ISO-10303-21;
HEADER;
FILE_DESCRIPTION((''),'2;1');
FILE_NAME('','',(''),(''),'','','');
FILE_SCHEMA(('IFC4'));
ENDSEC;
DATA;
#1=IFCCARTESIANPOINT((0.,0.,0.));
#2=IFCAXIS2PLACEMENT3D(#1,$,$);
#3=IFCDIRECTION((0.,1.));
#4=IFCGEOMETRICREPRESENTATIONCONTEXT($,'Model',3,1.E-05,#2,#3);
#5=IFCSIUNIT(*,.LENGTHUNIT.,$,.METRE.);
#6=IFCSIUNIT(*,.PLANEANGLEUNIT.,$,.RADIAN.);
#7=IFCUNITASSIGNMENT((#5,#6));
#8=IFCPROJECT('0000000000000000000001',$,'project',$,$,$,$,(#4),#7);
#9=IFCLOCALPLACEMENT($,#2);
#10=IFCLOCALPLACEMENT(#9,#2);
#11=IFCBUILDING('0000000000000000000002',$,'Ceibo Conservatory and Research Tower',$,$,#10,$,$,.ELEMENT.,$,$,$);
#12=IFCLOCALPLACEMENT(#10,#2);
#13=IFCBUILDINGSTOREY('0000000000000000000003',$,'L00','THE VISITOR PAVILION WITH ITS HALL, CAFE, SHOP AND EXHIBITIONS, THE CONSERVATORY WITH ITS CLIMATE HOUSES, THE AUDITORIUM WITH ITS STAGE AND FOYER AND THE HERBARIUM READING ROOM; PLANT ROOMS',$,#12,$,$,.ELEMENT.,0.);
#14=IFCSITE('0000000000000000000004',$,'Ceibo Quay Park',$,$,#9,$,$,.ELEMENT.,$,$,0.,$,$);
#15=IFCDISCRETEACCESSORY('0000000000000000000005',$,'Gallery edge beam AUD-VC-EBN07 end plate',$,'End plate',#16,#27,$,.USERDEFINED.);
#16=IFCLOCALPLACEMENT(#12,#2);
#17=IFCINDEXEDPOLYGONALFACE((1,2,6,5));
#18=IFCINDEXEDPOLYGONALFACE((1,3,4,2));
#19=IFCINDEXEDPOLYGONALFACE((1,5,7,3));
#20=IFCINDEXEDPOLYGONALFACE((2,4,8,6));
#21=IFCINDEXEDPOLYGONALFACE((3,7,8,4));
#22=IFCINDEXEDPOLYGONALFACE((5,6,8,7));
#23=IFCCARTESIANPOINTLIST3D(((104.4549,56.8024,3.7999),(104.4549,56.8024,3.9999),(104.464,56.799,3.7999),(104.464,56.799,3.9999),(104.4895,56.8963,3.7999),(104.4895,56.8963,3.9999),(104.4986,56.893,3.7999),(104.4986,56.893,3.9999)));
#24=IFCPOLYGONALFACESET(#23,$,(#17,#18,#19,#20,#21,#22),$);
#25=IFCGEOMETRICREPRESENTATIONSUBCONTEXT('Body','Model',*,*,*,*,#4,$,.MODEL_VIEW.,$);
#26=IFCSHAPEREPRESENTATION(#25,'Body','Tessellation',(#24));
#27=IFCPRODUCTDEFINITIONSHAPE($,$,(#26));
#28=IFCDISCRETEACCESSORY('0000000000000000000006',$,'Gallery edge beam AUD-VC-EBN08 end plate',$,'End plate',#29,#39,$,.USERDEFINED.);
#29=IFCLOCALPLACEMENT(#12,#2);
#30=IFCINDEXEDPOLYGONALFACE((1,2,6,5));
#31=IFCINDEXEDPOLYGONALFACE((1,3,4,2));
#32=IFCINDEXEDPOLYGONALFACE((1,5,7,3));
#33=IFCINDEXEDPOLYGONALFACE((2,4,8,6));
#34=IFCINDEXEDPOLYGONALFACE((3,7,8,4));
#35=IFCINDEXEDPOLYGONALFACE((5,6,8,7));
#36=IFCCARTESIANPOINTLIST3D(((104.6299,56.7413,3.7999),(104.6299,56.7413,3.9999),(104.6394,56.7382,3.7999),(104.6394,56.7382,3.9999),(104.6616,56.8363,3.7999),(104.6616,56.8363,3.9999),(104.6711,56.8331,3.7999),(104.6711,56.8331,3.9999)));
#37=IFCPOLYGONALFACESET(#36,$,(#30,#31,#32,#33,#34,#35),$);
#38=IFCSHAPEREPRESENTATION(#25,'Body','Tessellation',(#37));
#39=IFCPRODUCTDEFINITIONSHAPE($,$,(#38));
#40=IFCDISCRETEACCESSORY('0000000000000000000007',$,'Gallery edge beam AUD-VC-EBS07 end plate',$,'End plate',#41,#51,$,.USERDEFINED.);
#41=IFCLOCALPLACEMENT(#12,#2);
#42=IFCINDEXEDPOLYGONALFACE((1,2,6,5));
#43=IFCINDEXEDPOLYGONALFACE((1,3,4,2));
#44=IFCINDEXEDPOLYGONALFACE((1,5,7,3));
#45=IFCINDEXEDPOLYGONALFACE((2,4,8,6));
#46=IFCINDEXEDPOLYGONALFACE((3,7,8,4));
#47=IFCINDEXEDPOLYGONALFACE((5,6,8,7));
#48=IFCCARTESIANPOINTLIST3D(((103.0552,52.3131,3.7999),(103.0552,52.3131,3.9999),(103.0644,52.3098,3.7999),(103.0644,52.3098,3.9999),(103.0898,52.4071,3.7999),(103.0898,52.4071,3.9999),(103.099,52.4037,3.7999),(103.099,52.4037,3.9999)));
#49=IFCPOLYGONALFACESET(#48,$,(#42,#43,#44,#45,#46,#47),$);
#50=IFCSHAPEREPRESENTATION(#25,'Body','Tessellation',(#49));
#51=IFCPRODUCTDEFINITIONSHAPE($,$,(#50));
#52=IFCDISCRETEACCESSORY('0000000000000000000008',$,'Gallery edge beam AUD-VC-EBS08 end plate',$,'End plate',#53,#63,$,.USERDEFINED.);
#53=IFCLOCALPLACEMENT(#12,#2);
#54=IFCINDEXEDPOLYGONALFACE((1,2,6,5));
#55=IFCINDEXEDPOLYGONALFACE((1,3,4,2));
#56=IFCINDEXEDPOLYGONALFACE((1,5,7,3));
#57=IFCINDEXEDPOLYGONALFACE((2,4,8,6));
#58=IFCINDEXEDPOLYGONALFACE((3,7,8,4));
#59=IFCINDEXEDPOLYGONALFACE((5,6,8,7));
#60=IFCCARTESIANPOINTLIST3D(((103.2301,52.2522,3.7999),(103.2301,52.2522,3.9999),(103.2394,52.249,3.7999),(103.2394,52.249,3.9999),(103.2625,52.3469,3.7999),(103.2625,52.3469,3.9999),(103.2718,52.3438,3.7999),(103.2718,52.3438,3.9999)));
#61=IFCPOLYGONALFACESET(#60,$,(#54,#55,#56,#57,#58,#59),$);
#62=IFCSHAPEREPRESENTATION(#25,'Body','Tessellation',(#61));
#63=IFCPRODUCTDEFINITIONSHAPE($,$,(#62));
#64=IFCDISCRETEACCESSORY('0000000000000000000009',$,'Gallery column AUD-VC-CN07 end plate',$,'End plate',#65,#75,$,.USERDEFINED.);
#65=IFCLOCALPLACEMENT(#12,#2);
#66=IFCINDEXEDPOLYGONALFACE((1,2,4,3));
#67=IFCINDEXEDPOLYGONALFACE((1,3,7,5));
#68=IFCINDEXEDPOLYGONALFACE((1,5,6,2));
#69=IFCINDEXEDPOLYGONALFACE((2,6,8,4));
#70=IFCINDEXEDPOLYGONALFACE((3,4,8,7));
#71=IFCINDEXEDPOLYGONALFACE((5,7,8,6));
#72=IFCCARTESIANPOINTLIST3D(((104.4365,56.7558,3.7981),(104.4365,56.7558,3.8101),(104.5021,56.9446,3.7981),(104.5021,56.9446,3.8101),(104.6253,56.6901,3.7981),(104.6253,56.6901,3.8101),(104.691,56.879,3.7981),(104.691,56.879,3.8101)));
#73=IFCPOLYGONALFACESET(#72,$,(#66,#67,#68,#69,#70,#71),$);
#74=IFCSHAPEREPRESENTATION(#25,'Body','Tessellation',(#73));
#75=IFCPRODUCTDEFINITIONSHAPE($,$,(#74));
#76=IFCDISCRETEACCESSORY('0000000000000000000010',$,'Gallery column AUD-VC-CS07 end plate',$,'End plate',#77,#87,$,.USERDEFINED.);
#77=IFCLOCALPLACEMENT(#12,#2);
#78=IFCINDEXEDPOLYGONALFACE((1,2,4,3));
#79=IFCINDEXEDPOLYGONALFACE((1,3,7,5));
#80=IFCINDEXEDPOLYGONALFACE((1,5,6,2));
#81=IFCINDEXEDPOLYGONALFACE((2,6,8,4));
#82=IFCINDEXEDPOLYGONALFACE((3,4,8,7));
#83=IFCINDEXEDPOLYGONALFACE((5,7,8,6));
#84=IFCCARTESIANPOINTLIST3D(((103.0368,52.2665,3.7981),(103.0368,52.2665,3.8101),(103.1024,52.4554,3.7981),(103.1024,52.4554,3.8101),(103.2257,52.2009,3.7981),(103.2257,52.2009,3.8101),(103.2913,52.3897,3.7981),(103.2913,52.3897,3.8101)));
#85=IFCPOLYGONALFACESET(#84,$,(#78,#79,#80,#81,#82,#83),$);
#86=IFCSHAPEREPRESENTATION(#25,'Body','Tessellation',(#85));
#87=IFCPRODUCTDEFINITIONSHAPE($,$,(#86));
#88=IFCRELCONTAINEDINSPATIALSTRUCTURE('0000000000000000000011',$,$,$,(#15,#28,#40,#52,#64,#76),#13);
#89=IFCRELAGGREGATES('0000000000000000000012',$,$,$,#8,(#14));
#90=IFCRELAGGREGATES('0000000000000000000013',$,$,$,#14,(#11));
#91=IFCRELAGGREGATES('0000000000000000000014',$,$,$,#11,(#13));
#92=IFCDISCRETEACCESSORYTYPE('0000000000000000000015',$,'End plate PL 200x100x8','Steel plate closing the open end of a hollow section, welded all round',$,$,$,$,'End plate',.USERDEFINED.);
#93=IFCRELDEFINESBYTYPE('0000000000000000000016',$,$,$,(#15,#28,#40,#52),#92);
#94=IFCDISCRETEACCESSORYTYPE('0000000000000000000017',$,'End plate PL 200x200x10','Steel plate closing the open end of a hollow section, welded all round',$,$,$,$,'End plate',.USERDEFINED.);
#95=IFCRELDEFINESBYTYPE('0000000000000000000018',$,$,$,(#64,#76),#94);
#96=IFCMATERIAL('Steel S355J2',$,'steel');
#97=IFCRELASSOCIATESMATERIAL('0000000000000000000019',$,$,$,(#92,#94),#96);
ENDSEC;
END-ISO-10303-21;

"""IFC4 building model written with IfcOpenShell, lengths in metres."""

from ifc_helpers import new_model, si_unit, direction, frame, origin, origin_2d, place, context, subcontext, project, spatial, rectangle, extrude, material, material_profile, profile_set, type_object, element, save


model = new_model("IFC4")

# Units and contexts
model_context = context("Model", 3, precision=1e-05, world=origin(), true_north=direction((0.0, 1.0)))
body_context = subcontext(model_context, "Body", "Model", "MODEL_VIEW")
ifc_project = project(units=[si_unit("LENGTHUNIT", "METRE"), si_unit("PLANEANGLEUNIT", "RADIAN")], contexts=[model_context])

# Site, building, storey
site_placement = place(None, origin())
site = spatial("IfcSite", under=ifc_project, at=site_placement, Name="Ceibo Quay Park", CompositionType="ELEMENT", RefElevation=0.0)
building_placement = place(site_placement, origin())
building = spatial("IfcBuilding", under=site, at=building_placement, Name="Ceibo Conservatory and Research Tower", CompositionType="ELEMENT")
storey_placement = place(building_placement, origin())
storey = spatial("IfcBuildingStorey", under=building, at=storey_placement, Name="L00", Description="THE VISITOR PAVILION WITH ITS HALL, CAFE, SHOP AND EXHIBITIONS, THE CONSERVATORY WITH ITS CLIMATE HOUSES, THE AUDITORIUM WITH ITS STAGE AND FOYER AND THE HERBARIUM READING ROOM; PLANT ROOMS", CompositionType="ELEMENT", Elevation=0.0)

# Shared definitions
ifc_material_1 = material(Name="Steel S355J2", Category="steel")

# Discrete accessories
ifc_material_profile_1 = material_profile(ifc_material_1, rectangle(XDim=0.1001, YDim=0.2, at=origin_2d()), Name="End plate PL 200x100x8")
ifc_profile_set_1 = profile_set([ifc_material_profile_1], Name="Steel S355J2")
discrete_accessory_type_1 = type_object("IfcDiscreteAccessoryType", Name="End plate PL 200x100x8", Description="Steel plate closing the open end of a hollow section, welded all round", ElementType="End plate", PredefinedType="USERDEFINED", material=ifc_profile_set_1)
discrete_accessory_1_placement = place(storey_placement, frame((104.4722, 56.8494, 3.8999), z_axis=(0.938343, -0.345705, 0.0), x_axis=(0.345705, 0.938343, 0.0)))
element("IfcDiscreteAccessory", 1, at=discrete_accessory_1_placement, inside=storey, type_object=discrete_accessory_type_1, Name="Gallery edge beam AUD-VC-EBN07 end plate", ObjectType="End plate", PredefinedType="USERDEFINED", context=body_context, shape_type="SweptSolid", body=[
    extrude(rectangle(XDim=0.1001, YDim=0.2, at=origin_2d()), origin(), (0.0, 0.0, 1.0), 0.0098),
])
discrete_accessory_2_placement = place(storey_placement, frame((104.6458, 56.7888, 3.8999), z_axis=(0.948683, -0.316228, 0.0), x_axis=(0.316228, 0.948683, 0.0)))
element("IfcDiscreteAccessory", 2, at=discrete_accessory_2_placement, inside=storey, type_object=discrete_accessory_type_1, Name="Gallery edge beam AUD-VC-EBN08 end plate", ObjectType="End plate", PredefinedType="USERDEFINED", context=body_context, shape_type="SweptSolid", body=[
    extrude(rectangle(XDim=0.1001, YDim=0.2, at=origin_2d()), origin(), (0.0, 0.0, 1.0), 0.01),
])
for number, where, z_axis, x_axis, name in (
    (3, (103.0725, 52.3601, 3.8999), (0.938343, -0.345705, 0.0), (0.345705, 0.938343, 0.0), "Gallery edge beam AUD-VC-EBS07 end plate"),
    (4, (103.2463, 52.2996, 3.8999), (0.946164, -0.323688, 0.0), (0.323688, 0.946164, 0.0), "Gallery edge beam AUD-VC-EBS08 end plate"),
):
    element("IfcDiscreteAccessory", number, at=place(storey_placement, frame(where, z_axis=z_axis, x_axis=x_axis)), inside=storey, type_object=discrete_accessory_type_1, Name=name, ObjectType="End plate", PredefinedType="USERDEFINED", context=body_context, shape_type="SweptSolid", body=[
        extrude(rectangle(XDim=0.1001, YDim=0.2, at=origin_2d()), origin(), (0.0, 0.0, 1.0), 0.0098),
    ])
ifc_material_profile_2 = material_profile(ifc_material_1, rectangle(XDim=0.2, YDim=0.2, at=origin_2d()), Name="End plate PL 200x200x10")
ifc_profile_set_2 = profile_set([ifc_material_profile_2], Name="Steel S355J2")
discrete_accessory_type_2 = type_object("IfcDiscreteAccessoryType", Name="End plate PL 200x200x10", Description="Steel plate closing the open end of a hollow section, welded all round", ElementType="End plate", PredefinedType="USERDEFINED", material=ifc_profile_set_2)
for number, where, z_axis, x_axis, name in (
    (5, (104.5637, 56.8174, 3.7981), (0.0, 0.0, 1.0), (0.944579, -0.328284, 0.0), "Gallery column AUD-VC-CN07 end plate"),
    (6, (103.1641, 52.3281, 3.7981), (0.0, 0.0, 1.0), (0.944579, -0.328284, 0.0), "Gallery column AUD-VC-CS07 end plate"),
):
    element("IfcDiscreteAccessory", number, at=place(storey_placement, frame(where, z_axis=z_axis, x_axis=x_axis)), inside=storey, type_object=discrete_accessory_type_2, Name=name, ObjectType="End plate", PredefinedType="USERDEFINED", context=body_context, shape_type="SweptSolid", body=[
        extrude(rectangle(XDim=0.2, YDim=0.2, at=origin_2d()), origin(), (0.0, 0.0, 1.0), 0.012),
    ])

save(model, "model.ifc")
